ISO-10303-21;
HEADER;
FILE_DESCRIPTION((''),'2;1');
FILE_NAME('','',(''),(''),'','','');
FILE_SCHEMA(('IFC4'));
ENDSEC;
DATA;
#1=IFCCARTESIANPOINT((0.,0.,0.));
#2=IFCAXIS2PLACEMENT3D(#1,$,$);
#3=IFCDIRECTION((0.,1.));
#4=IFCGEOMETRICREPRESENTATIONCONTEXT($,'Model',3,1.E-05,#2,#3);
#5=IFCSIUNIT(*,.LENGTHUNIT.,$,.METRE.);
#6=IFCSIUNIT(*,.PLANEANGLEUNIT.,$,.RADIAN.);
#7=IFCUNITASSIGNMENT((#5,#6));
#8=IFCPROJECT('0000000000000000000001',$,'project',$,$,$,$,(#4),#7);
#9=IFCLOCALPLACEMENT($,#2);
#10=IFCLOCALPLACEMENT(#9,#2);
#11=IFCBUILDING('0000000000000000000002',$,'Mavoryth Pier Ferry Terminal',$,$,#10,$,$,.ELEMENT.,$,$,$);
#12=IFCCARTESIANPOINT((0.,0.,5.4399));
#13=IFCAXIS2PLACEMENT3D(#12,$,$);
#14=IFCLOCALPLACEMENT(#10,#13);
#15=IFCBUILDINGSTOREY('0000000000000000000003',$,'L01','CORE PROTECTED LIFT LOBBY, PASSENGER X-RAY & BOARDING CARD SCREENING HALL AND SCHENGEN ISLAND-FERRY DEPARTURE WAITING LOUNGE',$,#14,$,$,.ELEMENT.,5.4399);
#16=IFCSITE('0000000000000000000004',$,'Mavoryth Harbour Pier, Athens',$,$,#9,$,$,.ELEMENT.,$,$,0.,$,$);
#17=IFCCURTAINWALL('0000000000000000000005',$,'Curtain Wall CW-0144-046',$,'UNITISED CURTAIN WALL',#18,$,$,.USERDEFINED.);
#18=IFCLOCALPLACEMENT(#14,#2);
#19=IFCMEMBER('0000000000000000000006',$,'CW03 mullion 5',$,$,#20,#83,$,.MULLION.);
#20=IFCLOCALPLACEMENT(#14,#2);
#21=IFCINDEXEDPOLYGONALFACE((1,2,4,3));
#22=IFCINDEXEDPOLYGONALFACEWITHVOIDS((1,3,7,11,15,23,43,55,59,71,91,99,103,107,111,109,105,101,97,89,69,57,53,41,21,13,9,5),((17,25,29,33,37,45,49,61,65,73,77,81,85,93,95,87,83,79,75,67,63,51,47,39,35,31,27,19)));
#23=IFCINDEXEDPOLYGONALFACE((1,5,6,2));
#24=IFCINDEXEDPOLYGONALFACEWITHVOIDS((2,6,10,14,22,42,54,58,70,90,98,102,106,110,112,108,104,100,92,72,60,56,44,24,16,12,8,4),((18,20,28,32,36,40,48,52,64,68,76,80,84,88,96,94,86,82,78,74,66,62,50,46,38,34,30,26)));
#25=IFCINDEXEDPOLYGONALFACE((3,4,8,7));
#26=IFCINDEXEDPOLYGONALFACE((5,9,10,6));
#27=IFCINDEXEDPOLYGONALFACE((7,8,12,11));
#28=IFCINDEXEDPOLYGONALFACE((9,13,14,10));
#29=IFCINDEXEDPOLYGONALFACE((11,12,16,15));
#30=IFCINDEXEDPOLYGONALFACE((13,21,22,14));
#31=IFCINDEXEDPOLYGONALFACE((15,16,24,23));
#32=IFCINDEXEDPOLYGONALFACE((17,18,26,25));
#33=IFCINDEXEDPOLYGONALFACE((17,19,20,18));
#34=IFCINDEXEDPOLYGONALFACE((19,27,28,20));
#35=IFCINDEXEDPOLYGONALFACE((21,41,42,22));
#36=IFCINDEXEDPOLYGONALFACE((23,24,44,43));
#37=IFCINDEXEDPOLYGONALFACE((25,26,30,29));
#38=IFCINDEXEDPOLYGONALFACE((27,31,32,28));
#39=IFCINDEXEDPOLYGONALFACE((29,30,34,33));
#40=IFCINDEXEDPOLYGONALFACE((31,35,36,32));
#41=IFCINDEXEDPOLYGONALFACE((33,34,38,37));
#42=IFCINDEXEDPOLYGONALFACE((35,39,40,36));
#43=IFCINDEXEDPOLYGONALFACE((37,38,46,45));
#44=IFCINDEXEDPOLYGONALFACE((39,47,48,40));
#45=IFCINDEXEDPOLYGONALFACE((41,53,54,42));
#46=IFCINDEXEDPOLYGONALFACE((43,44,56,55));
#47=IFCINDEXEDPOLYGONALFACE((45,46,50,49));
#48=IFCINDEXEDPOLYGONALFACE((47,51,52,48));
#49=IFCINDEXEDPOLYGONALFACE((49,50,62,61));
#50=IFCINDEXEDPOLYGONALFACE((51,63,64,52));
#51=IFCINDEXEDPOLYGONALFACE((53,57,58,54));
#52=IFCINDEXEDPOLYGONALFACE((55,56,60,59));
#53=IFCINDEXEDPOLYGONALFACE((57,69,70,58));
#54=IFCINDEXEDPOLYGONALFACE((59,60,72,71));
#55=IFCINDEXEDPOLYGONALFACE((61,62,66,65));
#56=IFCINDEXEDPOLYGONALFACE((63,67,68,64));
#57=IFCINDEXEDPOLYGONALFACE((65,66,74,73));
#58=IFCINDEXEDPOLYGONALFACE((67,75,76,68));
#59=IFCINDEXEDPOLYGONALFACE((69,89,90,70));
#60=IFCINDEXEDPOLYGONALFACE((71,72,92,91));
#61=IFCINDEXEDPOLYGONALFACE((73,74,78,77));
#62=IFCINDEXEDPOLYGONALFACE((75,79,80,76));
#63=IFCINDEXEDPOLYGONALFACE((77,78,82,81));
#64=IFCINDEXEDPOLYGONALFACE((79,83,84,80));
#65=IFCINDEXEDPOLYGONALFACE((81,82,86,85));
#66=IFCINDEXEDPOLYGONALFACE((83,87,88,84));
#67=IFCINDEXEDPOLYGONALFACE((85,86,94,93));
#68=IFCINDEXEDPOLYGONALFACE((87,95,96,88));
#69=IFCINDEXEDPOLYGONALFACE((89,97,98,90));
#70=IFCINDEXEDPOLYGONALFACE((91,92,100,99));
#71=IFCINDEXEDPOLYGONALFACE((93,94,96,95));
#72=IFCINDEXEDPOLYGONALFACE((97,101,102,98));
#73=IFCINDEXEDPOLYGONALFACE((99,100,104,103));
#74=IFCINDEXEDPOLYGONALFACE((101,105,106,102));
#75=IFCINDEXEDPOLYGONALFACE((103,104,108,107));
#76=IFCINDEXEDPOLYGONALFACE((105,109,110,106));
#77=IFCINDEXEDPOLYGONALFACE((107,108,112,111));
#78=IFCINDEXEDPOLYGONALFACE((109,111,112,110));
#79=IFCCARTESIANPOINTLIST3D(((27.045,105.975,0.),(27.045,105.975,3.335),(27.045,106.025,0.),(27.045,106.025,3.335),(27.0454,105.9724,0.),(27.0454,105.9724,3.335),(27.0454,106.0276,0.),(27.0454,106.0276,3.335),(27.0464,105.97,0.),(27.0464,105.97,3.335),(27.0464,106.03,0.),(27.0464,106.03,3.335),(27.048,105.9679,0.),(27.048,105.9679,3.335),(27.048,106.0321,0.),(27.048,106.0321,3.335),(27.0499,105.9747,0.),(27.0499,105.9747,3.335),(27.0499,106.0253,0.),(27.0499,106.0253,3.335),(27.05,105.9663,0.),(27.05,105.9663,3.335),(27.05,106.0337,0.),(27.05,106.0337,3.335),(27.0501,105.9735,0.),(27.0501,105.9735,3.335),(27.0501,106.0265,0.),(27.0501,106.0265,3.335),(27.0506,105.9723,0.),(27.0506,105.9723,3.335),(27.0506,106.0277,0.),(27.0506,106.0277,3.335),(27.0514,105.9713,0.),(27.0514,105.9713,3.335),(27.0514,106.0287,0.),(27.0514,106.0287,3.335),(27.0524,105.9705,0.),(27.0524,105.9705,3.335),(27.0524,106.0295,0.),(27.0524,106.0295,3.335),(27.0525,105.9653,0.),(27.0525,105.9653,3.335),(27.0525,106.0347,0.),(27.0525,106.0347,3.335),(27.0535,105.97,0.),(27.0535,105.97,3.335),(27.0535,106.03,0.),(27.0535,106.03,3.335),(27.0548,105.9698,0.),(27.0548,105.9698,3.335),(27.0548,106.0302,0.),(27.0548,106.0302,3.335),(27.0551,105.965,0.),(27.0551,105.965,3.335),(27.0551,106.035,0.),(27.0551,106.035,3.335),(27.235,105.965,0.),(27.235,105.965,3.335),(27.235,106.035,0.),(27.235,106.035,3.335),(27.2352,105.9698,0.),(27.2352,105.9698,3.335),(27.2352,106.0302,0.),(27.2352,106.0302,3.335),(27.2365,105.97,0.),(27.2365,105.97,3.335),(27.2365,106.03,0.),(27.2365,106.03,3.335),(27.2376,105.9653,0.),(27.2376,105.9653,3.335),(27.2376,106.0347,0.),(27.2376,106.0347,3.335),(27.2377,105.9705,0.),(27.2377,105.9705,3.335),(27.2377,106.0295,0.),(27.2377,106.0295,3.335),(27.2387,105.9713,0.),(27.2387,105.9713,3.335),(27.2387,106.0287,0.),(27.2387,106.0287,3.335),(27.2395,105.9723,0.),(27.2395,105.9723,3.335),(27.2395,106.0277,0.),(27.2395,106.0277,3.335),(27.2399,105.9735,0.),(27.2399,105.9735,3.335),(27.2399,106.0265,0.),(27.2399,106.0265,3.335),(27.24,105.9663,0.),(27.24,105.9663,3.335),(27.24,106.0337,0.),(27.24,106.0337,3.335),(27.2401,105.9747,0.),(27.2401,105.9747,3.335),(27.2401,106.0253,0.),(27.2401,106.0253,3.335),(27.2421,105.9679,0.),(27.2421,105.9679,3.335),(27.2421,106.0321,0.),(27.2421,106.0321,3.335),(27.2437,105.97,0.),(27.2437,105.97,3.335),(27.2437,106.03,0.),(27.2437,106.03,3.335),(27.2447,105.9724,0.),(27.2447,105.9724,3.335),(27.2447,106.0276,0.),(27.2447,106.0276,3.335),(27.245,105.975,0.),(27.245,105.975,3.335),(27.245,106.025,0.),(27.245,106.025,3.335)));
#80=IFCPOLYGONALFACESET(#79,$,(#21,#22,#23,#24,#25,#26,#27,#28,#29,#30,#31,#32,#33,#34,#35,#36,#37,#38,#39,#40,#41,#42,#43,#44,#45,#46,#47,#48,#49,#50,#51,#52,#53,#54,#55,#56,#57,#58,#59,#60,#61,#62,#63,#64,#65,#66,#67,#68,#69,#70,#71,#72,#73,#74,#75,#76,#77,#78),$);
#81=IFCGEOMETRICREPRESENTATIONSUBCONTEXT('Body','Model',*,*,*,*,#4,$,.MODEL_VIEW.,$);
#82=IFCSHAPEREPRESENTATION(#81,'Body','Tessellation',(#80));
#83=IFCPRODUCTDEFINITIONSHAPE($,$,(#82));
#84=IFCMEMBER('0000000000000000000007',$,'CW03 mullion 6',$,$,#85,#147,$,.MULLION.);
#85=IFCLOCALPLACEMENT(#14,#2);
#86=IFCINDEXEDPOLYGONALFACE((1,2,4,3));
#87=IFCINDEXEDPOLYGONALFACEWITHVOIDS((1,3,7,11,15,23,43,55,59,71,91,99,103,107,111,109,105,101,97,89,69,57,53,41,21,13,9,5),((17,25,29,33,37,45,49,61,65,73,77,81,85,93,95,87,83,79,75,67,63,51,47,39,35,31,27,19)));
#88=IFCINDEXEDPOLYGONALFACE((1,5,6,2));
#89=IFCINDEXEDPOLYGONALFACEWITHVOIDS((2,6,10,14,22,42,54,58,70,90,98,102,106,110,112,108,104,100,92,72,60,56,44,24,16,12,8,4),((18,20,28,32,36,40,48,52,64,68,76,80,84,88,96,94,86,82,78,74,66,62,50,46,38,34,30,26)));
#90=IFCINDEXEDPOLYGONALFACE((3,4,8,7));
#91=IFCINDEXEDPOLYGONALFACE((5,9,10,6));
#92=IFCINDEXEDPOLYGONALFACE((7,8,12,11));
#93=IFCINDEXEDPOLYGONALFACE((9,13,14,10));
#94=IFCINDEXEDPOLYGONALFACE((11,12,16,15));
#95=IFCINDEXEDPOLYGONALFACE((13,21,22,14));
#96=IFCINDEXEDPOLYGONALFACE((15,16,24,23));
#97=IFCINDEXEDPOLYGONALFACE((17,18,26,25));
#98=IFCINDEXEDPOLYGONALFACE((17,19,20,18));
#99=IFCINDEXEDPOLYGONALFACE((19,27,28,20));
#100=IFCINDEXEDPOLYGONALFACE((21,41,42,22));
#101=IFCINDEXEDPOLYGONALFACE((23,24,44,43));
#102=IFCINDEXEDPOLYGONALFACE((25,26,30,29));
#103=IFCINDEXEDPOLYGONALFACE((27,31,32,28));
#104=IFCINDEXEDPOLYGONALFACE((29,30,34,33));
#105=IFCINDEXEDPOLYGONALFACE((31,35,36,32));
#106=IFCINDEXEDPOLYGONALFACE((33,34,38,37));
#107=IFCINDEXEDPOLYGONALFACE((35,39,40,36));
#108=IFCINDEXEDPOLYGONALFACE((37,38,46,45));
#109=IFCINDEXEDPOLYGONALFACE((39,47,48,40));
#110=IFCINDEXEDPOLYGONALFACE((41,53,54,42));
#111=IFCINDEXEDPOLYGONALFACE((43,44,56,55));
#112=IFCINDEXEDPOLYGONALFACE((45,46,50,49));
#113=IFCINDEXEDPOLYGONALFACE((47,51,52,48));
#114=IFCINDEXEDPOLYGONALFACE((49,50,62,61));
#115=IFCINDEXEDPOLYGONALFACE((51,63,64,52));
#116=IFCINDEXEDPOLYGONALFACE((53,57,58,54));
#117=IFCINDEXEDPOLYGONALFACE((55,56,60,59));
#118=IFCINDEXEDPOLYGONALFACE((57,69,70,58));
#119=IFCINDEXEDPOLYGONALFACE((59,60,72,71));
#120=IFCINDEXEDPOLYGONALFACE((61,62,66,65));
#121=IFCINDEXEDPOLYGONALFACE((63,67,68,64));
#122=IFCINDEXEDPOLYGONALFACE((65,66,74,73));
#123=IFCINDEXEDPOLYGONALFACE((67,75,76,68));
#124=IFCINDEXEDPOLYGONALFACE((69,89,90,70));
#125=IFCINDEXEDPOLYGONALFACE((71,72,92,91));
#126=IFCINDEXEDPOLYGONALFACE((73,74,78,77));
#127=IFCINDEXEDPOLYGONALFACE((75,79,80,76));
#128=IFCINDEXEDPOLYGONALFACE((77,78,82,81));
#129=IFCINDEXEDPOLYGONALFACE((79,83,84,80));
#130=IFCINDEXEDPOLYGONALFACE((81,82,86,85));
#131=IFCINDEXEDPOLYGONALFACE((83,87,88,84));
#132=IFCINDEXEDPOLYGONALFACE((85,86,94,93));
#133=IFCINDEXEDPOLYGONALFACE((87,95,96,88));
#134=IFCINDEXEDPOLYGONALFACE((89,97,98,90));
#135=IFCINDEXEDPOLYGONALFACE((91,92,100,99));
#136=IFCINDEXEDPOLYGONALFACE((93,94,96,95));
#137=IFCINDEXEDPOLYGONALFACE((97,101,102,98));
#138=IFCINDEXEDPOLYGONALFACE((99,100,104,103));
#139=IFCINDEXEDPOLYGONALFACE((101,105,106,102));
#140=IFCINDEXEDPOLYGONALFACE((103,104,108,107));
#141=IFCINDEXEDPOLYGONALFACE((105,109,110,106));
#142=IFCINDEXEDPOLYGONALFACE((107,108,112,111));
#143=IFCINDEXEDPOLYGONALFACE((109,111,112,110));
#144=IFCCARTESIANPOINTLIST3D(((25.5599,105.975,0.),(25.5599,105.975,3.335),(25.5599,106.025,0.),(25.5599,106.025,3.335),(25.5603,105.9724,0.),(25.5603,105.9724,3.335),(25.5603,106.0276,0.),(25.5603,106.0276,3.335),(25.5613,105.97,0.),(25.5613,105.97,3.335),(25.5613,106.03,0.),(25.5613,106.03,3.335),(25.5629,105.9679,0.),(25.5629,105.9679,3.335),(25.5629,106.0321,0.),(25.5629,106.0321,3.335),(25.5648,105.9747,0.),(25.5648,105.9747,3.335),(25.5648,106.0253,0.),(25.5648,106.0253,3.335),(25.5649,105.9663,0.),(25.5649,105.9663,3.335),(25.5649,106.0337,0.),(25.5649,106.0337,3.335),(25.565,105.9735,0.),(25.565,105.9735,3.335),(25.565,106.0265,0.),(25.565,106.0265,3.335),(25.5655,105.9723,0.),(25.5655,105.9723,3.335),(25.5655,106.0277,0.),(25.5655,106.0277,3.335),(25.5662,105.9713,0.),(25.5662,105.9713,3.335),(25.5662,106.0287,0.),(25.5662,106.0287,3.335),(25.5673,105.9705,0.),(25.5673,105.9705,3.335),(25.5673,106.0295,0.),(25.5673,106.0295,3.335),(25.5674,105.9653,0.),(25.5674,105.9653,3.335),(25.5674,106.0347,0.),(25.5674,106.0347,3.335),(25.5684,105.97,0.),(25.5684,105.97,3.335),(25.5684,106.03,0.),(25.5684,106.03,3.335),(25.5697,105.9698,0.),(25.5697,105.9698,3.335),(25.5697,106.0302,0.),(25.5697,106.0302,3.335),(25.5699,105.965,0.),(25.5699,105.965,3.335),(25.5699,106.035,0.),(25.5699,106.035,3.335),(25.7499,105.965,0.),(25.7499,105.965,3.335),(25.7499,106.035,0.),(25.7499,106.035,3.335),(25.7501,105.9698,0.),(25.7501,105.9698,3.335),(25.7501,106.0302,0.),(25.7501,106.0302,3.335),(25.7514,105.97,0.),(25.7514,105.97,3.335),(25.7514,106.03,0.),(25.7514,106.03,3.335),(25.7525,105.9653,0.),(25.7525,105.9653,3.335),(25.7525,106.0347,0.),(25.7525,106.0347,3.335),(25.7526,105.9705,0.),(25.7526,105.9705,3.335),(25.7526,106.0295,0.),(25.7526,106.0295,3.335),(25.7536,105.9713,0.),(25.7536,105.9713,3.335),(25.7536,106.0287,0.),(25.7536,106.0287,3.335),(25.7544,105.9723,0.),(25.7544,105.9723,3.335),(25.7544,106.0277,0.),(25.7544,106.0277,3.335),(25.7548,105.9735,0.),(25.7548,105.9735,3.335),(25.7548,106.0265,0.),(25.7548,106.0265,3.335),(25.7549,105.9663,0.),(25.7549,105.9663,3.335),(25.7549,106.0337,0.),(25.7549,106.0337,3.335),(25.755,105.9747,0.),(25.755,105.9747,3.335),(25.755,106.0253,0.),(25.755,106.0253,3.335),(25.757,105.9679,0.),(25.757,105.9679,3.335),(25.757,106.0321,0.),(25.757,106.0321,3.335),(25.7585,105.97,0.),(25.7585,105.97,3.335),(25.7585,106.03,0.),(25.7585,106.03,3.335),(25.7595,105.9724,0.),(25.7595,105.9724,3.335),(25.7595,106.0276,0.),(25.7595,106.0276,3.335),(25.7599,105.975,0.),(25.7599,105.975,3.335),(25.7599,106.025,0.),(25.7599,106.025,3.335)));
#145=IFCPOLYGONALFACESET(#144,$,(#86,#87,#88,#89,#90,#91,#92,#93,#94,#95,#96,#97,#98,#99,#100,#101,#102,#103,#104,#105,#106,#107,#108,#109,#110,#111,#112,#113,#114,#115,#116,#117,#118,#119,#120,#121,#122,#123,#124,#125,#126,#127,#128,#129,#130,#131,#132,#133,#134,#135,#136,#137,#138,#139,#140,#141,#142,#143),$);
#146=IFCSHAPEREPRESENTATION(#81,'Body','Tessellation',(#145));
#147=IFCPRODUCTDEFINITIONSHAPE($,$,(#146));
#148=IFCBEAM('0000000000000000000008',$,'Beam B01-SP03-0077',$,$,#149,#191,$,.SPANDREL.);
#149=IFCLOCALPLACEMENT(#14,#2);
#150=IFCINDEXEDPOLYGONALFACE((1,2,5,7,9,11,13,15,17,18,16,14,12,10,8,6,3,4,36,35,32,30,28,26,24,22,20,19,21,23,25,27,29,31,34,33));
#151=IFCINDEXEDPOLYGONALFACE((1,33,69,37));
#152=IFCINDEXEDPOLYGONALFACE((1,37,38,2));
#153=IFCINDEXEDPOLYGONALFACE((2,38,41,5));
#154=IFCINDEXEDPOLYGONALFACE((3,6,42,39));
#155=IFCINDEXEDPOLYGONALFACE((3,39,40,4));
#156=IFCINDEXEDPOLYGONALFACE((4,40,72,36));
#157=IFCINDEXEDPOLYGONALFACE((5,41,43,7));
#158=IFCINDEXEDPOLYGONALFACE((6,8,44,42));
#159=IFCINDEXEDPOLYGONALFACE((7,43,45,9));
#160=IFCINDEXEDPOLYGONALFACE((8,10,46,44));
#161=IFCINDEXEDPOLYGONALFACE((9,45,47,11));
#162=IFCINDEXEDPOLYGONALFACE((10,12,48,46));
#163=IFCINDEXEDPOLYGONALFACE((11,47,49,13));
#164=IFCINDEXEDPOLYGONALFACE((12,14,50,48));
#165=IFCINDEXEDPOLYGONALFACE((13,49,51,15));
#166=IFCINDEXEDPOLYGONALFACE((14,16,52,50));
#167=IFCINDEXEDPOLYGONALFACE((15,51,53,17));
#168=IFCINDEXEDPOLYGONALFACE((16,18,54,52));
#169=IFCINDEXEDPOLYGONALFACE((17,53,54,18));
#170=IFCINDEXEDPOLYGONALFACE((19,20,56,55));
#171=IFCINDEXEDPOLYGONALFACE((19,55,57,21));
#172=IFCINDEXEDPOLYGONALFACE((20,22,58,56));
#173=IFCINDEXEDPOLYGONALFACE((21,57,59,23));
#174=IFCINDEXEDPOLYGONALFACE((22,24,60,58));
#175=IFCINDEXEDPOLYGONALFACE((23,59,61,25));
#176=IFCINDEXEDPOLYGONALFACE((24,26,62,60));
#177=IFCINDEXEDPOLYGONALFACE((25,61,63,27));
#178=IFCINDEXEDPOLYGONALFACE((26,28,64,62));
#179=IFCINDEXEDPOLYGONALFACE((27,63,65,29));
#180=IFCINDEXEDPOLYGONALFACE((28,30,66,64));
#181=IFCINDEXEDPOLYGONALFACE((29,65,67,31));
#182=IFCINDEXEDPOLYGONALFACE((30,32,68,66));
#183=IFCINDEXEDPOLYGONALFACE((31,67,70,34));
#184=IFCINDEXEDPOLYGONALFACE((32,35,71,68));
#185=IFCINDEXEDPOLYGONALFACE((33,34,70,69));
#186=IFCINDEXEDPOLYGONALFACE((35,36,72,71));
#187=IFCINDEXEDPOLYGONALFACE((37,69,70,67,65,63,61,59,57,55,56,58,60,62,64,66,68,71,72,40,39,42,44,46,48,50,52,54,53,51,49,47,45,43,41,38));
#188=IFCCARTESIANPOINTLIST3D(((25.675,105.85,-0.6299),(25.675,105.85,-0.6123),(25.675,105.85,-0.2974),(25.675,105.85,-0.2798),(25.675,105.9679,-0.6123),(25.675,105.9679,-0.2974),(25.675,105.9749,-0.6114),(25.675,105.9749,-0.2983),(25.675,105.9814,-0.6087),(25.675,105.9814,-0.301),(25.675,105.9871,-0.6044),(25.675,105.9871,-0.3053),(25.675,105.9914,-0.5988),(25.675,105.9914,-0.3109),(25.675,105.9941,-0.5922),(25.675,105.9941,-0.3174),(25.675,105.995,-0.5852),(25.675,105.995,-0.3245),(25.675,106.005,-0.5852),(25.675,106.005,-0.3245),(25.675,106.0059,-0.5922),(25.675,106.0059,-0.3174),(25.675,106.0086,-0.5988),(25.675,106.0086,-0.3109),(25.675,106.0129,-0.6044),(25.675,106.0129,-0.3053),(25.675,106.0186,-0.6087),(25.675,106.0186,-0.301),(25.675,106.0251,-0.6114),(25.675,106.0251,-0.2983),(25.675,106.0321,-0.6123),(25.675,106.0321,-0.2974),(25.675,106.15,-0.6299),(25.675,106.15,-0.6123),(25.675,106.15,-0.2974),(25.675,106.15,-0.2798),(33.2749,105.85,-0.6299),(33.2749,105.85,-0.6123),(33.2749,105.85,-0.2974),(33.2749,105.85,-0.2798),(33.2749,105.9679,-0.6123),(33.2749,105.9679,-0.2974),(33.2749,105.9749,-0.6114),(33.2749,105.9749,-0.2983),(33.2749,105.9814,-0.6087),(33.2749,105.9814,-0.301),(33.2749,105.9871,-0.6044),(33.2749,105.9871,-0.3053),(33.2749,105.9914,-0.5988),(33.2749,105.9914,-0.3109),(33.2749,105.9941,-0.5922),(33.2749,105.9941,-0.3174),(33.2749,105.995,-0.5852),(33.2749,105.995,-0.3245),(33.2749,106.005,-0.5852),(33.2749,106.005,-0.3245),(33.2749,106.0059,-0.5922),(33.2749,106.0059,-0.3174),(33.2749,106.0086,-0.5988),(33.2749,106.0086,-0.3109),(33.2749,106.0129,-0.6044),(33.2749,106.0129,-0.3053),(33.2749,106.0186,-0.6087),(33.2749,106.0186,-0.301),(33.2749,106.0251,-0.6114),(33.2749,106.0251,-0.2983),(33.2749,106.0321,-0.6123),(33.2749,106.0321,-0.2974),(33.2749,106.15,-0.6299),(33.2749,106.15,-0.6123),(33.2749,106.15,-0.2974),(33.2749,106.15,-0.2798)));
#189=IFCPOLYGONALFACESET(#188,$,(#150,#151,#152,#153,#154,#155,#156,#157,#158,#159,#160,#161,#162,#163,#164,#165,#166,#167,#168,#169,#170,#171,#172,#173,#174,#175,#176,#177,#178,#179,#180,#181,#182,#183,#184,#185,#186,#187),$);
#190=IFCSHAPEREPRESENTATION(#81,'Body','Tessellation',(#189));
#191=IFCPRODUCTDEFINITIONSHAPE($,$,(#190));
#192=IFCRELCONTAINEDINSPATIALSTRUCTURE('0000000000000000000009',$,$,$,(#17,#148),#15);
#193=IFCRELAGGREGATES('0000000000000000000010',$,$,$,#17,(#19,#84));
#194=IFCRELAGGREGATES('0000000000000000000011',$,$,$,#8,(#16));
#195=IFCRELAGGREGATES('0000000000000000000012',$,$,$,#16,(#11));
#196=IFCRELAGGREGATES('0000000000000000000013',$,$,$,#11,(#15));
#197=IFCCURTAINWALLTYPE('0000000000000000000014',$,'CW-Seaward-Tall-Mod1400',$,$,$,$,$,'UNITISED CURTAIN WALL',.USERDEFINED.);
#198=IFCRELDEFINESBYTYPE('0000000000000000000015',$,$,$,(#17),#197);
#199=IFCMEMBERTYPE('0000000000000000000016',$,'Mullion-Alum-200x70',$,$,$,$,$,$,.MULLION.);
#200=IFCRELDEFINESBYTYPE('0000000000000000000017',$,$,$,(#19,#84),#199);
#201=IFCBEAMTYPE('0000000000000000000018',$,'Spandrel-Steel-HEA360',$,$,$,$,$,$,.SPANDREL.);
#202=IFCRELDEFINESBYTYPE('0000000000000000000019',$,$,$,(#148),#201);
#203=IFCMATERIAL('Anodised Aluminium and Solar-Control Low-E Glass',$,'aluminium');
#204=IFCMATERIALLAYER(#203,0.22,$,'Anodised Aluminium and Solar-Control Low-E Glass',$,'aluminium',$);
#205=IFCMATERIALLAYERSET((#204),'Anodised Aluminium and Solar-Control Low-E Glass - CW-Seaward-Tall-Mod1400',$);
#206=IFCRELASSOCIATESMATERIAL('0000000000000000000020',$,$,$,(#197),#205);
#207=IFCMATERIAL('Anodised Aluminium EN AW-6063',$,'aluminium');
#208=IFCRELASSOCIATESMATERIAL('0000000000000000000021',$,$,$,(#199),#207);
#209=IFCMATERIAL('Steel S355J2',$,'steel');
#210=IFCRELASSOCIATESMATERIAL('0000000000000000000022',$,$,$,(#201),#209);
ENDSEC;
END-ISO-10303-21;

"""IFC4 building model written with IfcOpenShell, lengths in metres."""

from ifc_helpers import new_model, si_unit, direction, frame, origin, origin_2d, place, context, subcontext, project, spatial, hollow_rectangle, i_section, extrude, material, layer, layer_set, material_profile, profile_set, type_object, element, aggregate, save


model = new_model("IFC4")

# Units and contexts
model_context = context("Model", 3, precision=1e-05, world=origin(), true_north=direction((0.0, 1.0)))
body_context = subcontext(model_context, "Body", "Model", "MODEL_VIEW")
ifc_project = project(units=[si_unit("LENGTHUNIT", "METRE"), si_unit("PLANEANGLEUNIT", "RADIAN")], contexts=[model_context])

# Site, building, storey
site_placement = place(None, origin())
site = spatial("IfcSite", under=ifc_project, at=site_placement, Name="Mavoryth Harbour Pier, Athens", CompositionType="ELEMENT", RefElevation=0.0)
building_placement = place(site_placement, origin())
building = spatial("IfcBuilding", under=site, at=building_placement, Name="Mavoryth Pier Ferry Terminal", CompositionType="ELEMENT")
storey_placement = place(building_placement, frame((0.0, 0.0, 5.4399)))
storey = spatial("IfcBuildingStorey", under=building, at=storey_placement, Name="L01", Description="CORE PROTECTED LIFT LOBBY, PASSENGER X-RAY & BOARDING CARD SCREENING HALL AND SCHENGEN ISLAND-FERRY DEPARTURE WAITING LOUNGE", CompositionType="ELEMENT", Elevation=5.4399)

# Curtain wall, members
ifc_material_1 = material(Name="Anodised Aluminium and Solar-Control Low-E Glass", Category="aluminium")
ifc_layer_1 = layer(ifc_material_1, 0.22, Name="Anodised Aluminium and Solar-Control Low-E Glass", Category="aluminium")
ifc_layer_set_1 = layer_set([ifc_layer_1], Name="Anodised Aluminium and Solar-Control Low-E Glass - CW-Seaward-Tall-Mod1400")
curtain_wall_type = type_object("IfcCurtainWallType", Name="CW-Seaward-Tall-Mod1400", ElementType="UNITISED CURTAIN WALL", PredefinedType="USERDEFINED", material=ifc_layer_set_1)
ifc_material_2 = material(Name="Anodised Aluminium EN AW-6063", Category="aluminium")
ifc_material_profile_1 = material_profile(ifc_material_2, hollow_rectangle(XDim=0.0701, YDim=0.2, WallThickness=0.0049, InnerFilletRadius=0.0049, OuterFilletRadius=0.01, at=origin_2d()), Name="AL-MULL 200x70x5", Category="aluminium")
ifc_profile_set_1 = profile_set([ifc_material_profile_1], Name="Anodised Aluminium EN AW-6063 - AL-MULL 200x70x5")
member_type_1 = type_object("IfcMemberType", Name="Mullion-Alum-200x70", PredefinedType="MULLION", material=ifc_profile_set_1)
curtain_wall_1_placement = place(storey_placement, origin())
curtain_wall_1 = element("IfcCurtainWall", 1, at=curtain_wall_1_placement, inside=storey, type_object=curtain_wall_type, Name="Curtain Wall CW-0144-046", ObjectType="UNITISED CURTAIN WALL", PredefinedType="USERDEFINED")
member_1_placement = place(storey_placement, frame((27.145, 106.0, 0.0), z_axis=(0.0, 0.0, 1.0), x_axis=(0.0, -1.0, 0.0)))
member_1 = element("IfcMember", 2, at=member_1_placement, type_object=member_type_1, Name="CW03 mullion 5", PredefinedType="MULLION", context=body_context, shape_type="SweptSolid", body=[
    extrude(hollow_rectangle(XDim=0.0701, YDim=0.2, WallThickness=0.0049, InnerFilletRadius=0.0049, OuterFilletRadius=0.01, at=origin_2d()), origin(), (0.0, 0.0, 1.0), 3.335),
])
member_2_placement = place(storey_placement, frame((25.6599, 106.0, 0.0), z_axis=(0.0, 0.0, 1.0), x_axis=(0.0, -1.0, 0.0)))
member_2 = element("IfcMember", 3, at=member_2_placement, type_object=member_type_1, Name="CW03 mullion 6", PredefinedType="MULLION", context=body_context, shape_type="SweptSolid", body=[
    extrude(hollow_rectangle(XDim=0.0701, YDim=0.2, WallThickness=0.0049, InnerFilletRadius=0.0049, OuterFilletRadius=0.01, at=origin_2d()), origin(), (0.0, 0.0, 1.0), 3.335),
])

# Beam
ifc_material_3 = material(Name="Steel S355J2", Category="steel")
ifc_material_profile_2 = material_profile(ifc_material_3, i_section(OverallWidth=0.3, OverallDepth=0.3501, WebThickness=0.01, FlangeThickness=0.0176, FilletRadius=0.0271, at=origin_2d()), Name="HEA 360", Category="steel")
ifc_profile_set_2 = profile_set([ifc_material_profile_2], Name="Steel S355J2 - HEA 360")
beam_type = type_object("IfcBeamType", Name="Spandrel-Steel-HEA360", PredefinedType="SPANDREL", material=ifc_profile_set_2)
beam_placement = place(storey_placement, frame((25.675, 106.0, -0.4548), z_axis=(1.0, 0.0, 0.0), x_axis=(0.0, 1.0, 0.0)))
element("IfcBeam", 4, at=beam_placement, inside=storey, type_object=beam_type, Name="Beam B01-SP03-0077", PredefinedType="SPANDREL", context=body_context, shape_type="SweptSolid", body=[
    extrude(i_section(OverallWidth=0.3, OverallDepth=0.3501, WebThickness=0.01, FlangeThickness=0.0176, FilletRadius=0.0271, at=origin_2d()), origin(), (0.0, 0.0, 1.0), 7.5999),
])

aggregate(curtain_wall_1, [member_1, member_2])

save(model, "model.ifc")
